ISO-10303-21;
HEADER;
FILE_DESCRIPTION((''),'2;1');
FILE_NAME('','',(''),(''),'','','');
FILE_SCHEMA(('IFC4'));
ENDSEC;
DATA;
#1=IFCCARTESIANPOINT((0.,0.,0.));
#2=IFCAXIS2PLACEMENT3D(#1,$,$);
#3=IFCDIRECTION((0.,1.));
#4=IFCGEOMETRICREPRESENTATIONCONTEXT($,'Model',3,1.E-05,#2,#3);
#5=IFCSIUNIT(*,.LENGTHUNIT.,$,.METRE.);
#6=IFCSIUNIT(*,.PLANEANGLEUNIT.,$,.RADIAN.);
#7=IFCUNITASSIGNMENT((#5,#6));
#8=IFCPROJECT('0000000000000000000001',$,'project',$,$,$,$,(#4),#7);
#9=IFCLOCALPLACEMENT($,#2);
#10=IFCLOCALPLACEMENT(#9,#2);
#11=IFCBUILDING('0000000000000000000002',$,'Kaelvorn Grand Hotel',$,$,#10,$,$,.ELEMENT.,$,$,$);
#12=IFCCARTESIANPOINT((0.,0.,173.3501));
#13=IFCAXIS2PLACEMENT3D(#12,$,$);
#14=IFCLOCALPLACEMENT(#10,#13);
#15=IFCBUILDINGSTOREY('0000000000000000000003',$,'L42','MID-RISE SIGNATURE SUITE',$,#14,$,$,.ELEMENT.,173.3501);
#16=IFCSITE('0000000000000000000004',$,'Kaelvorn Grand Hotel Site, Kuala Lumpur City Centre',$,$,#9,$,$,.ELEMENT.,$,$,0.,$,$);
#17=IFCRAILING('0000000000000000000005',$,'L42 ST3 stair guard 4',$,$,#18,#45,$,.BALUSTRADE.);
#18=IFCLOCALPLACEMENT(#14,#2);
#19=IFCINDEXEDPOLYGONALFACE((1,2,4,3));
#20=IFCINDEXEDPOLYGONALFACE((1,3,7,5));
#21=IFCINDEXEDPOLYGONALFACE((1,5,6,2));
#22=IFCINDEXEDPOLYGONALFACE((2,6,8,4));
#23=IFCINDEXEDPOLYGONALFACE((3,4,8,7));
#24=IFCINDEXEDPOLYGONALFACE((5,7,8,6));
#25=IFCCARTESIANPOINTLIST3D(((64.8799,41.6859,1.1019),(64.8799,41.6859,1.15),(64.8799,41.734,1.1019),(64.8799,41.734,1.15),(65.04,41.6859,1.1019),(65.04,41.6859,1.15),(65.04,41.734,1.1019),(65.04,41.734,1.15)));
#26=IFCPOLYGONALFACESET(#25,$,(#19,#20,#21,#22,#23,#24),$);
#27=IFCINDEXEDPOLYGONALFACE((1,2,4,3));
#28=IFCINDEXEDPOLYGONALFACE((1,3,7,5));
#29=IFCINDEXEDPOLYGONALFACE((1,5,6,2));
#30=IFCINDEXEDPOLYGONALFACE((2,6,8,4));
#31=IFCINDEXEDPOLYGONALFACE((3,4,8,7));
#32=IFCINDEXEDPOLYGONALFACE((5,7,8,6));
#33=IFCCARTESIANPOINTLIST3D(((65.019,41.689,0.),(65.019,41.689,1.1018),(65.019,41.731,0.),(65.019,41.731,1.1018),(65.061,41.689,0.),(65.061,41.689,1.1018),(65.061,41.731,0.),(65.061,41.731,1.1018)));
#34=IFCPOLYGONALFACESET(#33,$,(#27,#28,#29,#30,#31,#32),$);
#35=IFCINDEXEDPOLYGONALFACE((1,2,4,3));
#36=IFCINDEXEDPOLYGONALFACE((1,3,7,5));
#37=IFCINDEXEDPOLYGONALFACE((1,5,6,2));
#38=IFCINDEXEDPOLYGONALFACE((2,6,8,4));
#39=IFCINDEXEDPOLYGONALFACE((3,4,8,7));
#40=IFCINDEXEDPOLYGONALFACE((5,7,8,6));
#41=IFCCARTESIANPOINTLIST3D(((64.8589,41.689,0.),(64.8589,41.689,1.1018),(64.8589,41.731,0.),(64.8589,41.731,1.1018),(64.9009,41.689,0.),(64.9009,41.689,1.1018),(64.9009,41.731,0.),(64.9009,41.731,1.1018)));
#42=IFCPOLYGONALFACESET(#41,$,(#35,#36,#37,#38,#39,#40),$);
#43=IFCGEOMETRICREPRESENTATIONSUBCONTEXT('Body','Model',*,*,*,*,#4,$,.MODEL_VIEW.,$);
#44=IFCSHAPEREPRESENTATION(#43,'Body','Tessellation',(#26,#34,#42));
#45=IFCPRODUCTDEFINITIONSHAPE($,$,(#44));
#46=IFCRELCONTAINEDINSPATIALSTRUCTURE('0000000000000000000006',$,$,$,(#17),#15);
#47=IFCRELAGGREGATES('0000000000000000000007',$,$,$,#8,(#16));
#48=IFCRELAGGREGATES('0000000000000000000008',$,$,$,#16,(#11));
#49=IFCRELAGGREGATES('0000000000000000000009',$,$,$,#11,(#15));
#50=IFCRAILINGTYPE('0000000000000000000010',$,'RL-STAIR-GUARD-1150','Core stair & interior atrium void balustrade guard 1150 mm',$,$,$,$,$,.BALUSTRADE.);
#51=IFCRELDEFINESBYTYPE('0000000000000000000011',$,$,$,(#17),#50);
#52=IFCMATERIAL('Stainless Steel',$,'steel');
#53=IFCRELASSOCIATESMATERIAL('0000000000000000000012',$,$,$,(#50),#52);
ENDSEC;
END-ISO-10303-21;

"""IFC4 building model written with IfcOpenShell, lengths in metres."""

from ifc_helpers import new_model, si_unit, direction, frame, origin, origin_2d, place, context, subcontext, project, spatial, rectangle, extrude, material, type_object, element, save


model = new_model("IFC4")

# Units and contexts
model_context = context("Model", 3, precision=1e-05, world=origin(), true_north=direction((0.0, 1.0)))
body_context = subcontext(model_context, "Body", "Model", "MODEL_VIEW")
ifc_project = project(units=[si_unit("LENGTHUNIT", "METRE"), si_unit("PLANEANGLEUNIT", "RADIAN")], contexts=[model_context])

# Site, building, storey
site_placement = place(None, origin())
site = spatial("IfcSite", under=ifc_project, at=site_placement, Name="Kaelvorn Grand Hotel Site, Kuala Lumpur City Centre", CompositionType="ELEMENT", RefElevation=0.0)
building_placement = place(site_placement, origin())
building = spatial("IfcBuilding", under=site, at=building_placement, Name="Kaelvorn Grand Hotel", CompositionType="ELEMENT")
storey_placement = place(building_placement, frame((0.0, 0.0, 173.3501)))
storey = spatial("IfcBuildingStorey", under=building, at=storey_placement, Name="L42", Description="MID-RISE SIGNATURE SUITE", CompositionType="ELEMENT", Elevation=173.3501)

# Shared definitions
ifc_material_1 = material(Name="Stainless Steel", Category="steel")

# Railing
railing_type_1 = type_object("IfcRailingType", Name="RL-STAIR-GUARD-1150", Description="Core stair & interior atrium void balustrade guard 1150 mm", PredefinedType="BALUSTRADE", material=ifc_material_1)
railing_1_placement = place(storey_placement, frame((65.04, 41.71, 0.0)))
element("IfcRailing", 1, at=railing_1_placement, inside=storey, type_object=railing_type_1, Name="L42 ST3 stair guard 4", PredefinedType="BALUSTRADE", context=body_context, shape_type="SweptSolid", body=[
    extrude(rectangle(XDim=0.0481, YDim=0.0481, at=origin_2d()), frame((0.0, 0.0, 1.126), z_axis=(-1.0, 0.0, 0.0), x_axis=(0.0, -1.0, 0.0)), (0.0, 0.0, 1.0), 0.1602),
    extrude(rectangle(XDim=0.042, YDim=0.042, at=origin_2d()), origin(), (0.0, 0.0, 1.0), 1.1018),
    extrude(rectangle(XDim=0.042, YDim=0.042, at=origin_2d()), frame((-0.1602, 0.0, 0.0)), (0.0, 0.0, 1.0), 1.1018),
])

save(model, "model.ifc")
